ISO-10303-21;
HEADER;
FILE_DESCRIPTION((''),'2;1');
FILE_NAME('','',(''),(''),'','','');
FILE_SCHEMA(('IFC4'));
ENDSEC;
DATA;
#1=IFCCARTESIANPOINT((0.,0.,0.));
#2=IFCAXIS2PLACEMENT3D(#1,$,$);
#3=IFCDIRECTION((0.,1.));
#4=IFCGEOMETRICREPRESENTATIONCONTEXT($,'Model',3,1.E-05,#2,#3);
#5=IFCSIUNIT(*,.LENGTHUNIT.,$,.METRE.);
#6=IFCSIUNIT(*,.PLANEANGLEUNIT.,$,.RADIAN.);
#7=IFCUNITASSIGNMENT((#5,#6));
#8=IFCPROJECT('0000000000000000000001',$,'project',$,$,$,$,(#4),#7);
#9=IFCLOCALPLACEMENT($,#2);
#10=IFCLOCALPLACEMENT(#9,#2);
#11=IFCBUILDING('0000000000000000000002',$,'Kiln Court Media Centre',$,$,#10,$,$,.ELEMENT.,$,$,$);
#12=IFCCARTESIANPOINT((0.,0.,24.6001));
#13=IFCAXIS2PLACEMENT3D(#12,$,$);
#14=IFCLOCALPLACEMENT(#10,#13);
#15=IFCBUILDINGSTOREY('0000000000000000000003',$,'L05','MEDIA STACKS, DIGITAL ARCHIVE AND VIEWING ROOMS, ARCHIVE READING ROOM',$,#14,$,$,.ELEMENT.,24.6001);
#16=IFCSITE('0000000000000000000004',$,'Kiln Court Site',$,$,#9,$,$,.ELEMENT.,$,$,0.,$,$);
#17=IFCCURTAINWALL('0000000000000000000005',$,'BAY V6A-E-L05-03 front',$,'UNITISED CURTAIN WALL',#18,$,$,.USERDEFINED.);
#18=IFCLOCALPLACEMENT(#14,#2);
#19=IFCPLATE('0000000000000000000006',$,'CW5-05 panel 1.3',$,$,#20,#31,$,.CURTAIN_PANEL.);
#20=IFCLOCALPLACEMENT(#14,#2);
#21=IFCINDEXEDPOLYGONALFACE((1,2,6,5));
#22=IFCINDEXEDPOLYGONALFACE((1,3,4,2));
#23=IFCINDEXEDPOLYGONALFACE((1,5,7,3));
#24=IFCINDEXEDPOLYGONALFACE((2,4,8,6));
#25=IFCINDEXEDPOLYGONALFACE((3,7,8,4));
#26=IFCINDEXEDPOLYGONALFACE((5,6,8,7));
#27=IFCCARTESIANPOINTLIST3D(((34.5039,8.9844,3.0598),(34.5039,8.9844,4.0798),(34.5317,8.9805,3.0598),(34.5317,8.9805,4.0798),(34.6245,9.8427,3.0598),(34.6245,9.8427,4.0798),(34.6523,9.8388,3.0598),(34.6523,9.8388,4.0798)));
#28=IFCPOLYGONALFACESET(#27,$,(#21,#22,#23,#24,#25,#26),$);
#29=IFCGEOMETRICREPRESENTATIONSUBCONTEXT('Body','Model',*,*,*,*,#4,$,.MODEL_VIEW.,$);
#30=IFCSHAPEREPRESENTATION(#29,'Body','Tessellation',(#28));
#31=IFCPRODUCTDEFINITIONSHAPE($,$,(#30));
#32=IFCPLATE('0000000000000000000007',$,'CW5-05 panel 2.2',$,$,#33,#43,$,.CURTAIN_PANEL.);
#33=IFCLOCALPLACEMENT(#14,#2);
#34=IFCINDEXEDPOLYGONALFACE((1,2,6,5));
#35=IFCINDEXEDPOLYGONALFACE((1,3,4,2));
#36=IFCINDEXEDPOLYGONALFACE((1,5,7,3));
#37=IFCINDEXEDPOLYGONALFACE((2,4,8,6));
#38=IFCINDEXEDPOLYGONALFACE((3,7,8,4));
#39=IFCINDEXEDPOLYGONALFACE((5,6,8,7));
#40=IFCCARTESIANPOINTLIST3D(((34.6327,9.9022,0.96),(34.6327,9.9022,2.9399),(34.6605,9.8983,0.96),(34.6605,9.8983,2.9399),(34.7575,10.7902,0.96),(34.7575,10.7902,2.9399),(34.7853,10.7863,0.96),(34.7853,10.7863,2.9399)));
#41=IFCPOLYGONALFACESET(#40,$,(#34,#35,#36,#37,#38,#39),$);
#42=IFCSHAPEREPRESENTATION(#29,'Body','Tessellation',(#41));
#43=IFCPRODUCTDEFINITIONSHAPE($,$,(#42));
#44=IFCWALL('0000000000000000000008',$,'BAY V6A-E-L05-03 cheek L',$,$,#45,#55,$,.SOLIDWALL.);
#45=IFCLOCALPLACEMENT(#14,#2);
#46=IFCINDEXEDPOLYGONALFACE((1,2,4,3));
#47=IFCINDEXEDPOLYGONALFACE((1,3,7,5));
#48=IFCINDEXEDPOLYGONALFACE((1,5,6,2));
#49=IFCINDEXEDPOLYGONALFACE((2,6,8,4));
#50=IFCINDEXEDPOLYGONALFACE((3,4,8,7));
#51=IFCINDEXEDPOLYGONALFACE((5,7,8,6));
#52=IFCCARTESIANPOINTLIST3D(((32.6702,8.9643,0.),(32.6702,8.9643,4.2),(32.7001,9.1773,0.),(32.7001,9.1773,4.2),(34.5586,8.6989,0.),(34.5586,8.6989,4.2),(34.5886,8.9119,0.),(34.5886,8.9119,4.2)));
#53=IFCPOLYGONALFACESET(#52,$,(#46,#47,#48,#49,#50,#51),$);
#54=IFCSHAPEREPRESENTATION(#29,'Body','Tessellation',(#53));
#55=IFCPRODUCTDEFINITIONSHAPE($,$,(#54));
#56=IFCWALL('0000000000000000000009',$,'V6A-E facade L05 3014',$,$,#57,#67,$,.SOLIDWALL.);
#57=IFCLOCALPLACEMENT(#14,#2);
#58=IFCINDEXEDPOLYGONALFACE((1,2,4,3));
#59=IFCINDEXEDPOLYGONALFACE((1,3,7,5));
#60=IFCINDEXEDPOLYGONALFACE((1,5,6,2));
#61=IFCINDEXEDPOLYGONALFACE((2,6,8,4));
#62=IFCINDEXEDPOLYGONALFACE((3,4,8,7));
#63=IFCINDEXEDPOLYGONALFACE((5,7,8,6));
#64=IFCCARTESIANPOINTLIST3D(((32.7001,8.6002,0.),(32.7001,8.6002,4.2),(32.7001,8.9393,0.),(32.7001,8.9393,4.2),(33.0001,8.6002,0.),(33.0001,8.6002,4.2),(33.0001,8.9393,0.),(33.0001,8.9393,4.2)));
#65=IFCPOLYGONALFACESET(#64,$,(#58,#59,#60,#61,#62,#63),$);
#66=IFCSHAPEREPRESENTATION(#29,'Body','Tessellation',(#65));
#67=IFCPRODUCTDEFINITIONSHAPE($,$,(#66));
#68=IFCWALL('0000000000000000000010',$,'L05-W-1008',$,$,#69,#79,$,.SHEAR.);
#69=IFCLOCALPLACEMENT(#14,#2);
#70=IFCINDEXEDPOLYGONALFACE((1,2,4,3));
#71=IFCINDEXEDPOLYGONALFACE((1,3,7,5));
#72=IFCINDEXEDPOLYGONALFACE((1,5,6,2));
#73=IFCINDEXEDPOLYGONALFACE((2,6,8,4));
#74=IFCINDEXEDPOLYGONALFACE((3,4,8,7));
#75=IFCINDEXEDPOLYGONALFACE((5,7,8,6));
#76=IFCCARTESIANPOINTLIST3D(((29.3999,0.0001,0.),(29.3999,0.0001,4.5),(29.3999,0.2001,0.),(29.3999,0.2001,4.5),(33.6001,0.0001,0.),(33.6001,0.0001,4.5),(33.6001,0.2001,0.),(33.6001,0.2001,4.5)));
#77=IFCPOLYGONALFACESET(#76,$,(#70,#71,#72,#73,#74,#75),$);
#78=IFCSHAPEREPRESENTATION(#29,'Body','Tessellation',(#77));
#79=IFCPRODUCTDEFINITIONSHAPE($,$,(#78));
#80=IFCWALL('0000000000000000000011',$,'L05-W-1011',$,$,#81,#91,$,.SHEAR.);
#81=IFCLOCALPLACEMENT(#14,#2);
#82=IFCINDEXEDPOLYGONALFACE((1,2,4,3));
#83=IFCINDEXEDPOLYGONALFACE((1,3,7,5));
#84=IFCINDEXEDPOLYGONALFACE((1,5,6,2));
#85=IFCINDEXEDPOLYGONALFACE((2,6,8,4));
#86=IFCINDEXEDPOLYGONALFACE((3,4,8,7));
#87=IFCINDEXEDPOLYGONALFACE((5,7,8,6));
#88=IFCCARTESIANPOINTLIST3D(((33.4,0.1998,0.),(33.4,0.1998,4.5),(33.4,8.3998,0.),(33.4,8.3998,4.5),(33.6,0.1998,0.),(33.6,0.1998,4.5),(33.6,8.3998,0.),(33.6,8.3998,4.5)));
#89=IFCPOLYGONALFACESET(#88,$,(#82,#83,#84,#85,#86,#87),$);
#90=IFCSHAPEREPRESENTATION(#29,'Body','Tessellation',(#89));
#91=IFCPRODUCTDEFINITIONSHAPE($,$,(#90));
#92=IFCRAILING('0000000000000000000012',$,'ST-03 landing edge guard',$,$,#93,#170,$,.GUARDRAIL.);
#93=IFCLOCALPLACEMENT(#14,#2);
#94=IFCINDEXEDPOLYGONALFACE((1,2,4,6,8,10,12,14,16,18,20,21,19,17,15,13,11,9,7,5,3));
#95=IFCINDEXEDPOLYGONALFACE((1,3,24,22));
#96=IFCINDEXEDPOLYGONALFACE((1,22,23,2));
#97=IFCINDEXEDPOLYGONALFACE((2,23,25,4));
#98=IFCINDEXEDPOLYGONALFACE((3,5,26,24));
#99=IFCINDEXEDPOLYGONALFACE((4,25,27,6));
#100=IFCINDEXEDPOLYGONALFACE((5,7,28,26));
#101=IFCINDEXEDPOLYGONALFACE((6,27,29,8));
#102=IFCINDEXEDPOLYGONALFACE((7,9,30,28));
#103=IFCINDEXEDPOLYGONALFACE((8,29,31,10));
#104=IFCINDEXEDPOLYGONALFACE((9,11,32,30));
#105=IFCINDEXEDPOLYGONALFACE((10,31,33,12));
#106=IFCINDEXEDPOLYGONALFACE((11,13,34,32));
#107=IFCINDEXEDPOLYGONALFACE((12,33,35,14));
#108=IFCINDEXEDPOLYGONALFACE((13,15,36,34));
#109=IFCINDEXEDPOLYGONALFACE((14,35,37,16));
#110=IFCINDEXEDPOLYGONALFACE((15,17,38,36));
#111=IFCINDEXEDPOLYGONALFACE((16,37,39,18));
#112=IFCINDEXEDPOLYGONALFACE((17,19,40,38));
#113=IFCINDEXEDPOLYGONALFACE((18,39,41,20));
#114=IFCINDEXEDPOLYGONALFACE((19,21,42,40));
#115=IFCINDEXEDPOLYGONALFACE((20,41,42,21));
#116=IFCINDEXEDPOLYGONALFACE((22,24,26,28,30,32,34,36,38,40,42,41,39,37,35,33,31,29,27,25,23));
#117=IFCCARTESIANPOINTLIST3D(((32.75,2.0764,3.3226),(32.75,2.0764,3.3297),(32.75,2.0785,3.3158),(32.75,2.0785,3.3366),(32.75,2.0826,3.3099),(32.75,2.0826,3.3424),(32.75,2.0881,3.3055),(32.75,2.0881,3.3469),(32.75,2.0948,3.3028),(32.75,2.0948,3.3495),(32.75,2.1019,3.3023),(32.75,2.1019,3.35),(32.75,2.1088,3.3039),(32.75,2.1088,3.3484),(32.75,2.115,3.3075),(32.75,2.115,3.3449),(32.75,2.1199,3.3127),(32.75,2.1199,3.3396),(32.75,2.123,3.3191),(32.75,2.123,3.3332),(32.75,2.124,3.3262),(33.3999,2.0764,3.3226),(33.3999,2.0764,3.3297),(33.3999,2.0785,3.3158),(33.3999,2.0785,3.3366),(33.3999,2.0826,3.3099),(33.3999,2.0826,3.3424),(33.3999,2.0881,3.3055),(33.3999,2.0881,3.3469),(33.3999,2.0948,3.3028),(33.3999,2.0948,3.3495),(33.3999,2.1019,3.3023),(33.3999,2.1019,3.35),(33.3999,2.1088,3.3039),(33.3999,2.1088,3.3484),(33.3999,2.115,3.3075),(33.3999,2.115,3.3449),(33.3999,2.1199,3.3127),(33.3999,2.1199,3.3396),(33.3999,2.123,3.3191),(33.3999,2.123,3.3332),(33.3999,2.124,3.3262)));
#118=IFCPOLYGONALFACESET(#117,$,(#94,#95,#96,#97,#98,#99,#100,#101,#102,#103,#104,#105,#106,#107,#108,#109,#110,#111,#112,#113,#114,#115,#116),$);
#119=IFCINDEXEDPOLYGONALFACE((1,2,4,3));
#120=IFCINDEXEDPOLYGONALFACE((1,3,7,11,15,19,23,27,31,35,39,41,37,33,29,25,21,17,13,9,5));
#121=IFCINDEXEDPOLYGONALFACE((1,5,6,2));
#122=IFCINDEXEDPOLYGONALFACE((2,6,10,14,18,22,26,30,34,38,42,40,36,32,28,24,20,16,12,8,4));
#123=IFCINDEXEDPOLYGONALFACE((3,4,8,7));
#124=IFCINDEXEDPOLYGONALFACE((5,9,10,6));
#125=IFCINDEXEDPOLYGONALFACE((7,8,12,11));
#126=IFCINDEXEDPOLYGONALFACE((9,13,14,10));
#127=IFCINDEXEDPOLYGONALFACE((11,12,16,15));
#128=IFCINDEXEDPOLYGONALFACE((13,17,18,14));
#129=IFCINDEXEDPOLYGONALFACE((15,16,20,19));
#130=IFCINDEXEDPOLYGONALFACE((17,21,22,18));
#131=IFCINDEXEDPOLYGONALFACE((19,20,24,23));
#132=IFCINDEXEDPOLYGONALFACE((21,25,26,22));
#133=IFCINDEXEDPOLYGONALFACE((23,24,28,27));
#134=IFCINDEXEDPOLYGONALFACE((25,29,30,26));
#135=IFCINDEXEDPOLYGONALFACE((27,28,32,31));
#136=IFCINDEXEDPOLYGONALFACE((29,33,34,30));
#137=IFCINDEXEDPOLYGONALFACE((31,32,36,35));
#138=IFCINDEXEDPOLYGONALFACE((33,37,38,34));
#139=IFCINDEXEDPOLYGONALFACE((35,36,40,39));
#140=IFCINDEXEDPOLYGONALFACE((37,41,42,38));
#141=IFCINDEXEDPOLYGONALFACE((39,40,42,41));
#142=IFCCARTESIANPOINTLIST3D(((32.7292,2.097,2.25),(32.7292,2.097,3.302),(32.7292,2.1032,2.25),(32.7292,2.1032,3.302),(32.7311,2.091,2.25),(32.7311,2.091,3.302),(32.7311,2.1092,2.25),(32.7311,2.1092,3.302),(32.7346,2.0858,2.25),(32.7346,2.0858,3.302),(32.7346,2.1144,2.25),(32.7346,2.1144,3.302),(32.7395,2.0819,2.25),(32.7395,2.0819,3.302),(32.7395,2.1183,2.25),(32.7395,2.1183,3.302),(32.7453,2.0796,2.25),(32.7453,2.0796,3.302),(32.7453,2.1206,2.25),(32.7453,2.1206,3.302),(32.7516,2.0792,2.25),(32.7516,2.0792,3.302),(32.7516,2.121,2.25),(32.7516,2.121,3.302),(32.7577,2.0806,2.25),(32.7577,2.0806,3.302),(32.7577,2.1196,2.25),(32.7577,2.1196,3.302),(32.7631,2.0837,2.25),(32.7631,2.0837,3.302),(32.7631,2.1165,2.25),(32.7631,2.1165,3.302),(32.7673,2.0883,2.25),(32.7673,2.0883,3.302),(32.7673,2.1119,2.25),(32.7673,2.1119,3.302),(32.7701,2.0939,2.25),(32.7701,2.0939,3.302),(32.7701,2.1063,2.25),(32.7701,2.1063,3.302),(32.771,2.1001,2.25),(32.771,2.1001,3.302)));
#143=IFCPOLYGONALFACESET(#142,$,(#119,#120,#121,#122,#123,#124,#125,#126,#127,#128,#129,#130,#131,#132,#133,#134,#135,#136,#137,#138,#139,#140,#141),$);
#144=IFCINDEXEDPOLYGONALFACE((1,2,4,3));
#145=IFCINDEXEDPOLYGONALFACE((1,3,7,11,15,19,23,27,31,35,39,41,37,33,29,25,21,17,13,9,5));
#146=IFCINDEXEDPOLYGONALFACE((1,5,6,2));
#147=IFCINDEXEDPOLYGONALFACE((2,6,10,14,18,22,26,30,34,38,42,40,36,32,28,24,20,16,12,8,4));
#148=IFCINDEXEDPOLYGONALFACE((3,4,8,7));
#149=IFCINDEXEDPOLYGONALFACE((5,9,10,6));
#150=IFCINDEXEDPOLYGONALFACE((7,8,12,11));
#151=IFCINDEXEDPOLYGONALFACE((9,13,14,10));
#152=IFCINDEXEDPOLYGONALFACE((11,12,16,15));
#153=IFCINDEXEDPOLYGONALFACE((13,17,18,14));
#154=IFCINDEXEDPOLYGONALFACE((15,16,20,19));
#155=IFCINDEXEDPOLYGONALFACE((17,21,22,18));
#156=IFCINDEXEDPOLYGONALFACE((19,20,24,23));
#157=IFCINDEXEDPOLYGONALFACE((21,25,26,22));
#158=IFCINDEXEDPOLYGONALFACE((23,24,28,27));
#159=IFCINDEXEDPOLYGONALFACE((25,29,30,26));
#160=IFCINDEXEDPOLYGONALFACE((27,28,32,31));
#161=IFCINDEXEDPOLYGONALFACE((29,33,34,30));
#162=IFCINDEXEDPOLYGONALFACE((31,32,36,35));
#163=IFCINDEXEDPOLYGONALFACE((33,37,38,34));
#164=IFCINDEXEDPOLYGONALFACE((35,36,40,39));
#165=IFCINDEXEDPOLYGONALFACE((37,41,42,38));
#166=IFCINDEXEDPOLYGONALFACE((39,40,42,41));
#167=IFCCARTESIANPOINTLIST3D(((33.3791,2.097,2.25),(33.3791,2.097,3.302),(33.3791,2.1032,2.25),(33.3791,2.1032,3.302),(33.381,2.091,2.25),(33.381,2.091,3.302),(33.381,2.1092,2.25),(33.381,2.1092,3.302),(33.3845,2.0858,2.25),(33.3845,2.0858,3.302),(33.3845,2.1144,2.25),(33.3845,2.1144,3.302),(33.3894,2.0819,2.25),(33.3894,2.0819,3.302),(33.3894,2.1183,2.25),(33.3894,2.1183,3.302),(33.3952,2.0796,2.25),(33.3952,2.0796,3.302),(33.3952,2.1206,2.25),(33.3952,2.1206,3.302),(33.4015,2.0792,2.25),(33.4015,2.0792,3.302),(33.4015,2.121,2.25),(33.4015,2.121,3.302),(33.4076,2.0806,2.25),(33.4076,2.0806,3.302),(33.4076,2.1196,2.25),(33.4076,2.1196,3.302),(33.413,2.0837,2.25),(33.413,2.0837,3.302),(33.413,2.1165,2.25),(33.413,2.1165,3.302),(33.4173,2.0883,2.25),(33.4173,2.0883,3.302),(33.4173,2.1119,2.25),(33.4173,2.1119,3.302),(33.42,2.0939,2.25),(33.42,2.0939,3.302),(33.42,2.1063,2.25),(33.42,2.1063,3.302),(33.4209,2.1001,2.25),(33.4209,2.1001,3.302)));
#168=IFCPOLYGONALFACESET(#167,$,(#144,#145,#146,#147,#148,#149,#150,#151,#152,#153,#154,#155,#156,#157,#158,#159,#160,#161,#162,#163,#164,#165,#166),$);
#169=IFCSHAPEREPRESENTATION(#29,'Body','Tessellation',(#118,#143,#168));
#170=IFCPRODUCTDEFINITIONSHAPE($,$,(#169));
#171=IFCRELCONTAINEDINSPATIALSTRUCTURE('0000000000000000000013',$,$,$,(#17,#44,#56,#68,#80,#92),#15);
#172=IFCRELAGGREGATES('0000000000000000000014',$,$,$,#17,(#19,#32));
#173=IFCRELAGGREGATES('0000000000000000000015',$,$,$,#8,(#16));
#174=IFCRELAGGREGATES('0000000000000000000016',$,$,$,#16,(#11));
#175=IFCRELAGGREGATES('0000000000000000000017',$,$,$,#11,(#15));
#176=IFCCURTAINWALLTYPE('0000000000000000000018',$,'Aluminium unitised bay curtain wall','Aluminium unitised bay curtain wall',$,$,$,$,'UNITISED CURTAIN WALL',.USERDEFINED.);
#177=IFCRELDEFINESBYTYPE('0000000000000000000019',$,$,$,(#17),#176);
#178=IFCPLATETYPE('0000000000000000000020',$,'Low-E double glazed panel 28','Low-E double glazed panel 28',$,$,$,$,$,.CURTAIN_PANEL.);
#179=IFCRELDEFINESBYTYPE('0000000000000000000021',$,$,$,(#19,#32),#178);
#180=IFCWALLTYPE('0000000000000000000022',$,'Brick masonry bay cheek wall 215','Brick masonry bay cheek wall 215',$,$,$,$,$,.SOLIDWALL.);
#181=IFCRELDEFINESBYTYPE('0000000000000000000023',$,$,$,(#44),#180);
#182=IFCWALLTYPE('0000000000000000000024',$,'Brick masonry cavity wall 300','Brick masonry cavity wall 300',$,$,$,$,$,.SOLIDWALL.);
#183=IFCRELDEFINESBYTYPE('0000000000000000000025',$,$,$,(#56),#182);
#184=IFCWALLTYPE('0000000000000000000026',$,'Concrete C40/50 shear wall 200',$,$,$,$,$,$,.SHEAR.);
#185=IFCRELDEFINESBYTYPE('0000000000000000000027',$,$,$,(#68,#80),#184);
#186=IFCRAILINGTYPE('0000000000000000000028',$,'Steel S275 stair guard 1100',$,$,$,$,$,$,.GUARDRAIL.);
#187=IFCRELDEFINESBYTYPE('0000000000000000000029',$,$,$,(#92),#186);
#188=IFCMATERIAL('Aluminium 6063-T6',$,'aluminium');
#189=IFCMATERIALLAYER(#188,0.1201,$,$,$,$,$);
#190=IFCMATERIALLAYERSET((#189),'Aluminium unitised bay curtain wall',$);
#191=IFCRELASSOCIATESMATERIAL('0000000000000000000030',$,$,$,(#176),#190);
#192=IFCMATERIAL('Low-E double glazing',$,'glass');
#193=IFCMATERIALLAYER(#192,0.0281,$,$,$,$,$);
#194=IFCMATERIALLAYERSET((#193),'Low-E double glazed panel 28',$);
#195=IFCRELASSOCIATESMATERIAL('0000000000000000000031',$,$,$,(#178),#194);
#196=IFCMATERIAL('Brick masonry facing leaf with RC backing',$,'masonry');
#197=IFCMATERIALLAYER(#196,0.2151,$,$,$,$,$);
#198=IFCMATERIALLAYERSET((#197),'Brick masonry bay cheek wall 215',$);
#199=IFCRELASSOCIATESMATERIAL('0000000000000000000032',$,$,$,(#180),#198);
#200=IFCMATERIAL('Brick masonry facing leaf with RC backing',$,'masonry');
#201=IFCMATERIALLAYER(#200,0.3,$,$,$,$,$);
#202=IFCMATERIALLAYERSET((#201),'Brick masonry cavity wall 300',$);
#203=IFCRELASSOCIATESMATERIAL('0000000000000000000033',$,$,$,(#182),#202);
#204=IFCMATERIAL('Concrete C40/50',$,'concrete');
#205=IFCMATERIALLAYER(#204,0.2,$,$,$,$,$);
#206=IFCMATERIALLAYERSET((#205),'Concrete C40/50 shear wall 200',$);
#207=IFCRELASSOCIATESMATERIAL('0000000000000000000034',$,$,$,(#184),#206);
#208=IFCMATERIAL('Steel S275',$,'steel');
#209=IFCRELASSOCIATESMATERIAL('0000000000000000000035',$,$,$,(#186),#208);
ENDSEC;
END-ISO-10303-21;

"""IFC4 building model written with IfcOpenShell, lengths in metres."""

from ifc_helpers import new_model, si_unit, direction, frame, frame_2d, origin, origin_2d, place, context, subcontext, project, spatial, rectangle, circle, extrude, material, layer, layer_set, type_object, element, aggregate, save


model = new_model("IFC4")

# Units and contexts
model_context = context("Model", 3, precision=1e-05, world=origin(), true_north=direction((0.0, 1.0)))
body_context = subcontext(model_context, "Body", "Model", "MODEL_VIEW")
ifc_project = project(units=[si_unit("LENGTHUNIT", "METRE"), si_unit("PLANEANGLEUNIT", "RADIAN")], contexts=[model_context])

# Site, building, storey
site_placement = place(None, origin())
site = spatial("IfcSite", under=ifc_project, at=site_placement, Name="Kiln Court Site", CompositionType="ELEMENT", RefElevation=0.0)
building_placement = place(site_placement, origin())
building = spatial("IfcBuilding", under=site, at=building_placement, Name="Kiln Court Media Centre", CompositionType="ELEMENT")
storey_placement = place(building_placement, frame((0.0, 0.0, 24.6001)))
storey = spatial("IfcBuildingStorey", under=building, at=storey_placement, Name="L05", Description="MEDIA STACKS, DIGITAL ARCHIVE AND VIEWING ROOMS, ARCHIVE READING ROOM", CompositionType="ELEMENT", Elevation=24.6001)

# Curtain wall
ifc_material_1 = material(Name="Aluminium 6063-T6", Category="aluminium")
ifc_layer_1 = layer(ifc_material_1, 0.1201)
ifc_layer_set_1 = layer_set([ifc_layer_1], Name="Aluminium unitised bay curtain wall")
curtain_wall_type = type_object("IfcCurtainWallType", Name="Aluminium unitised bay curtain wall", Description="Aluminium unitised bay curtain wall", ElementType="UNITISED CURTAIN WALL", PredefinedType="USERDEFINED", material=ifc_layer_set_1)
curtain_wall_placement = place(storey_placement, origin())
curtain_wall = element("IfcCurtainWall", 1, at=curtain_wall_placement, inside=storey, type_object=curtain_wall_type, Name="BAY V6A-E-L05-03 front", ObjectType="UNITISED CURTAIN WALL", PredefinedType="USERDEFINED")

# Plates
ifc_material_2 = material(Name="Low-E double glazing", Category="glass")
ifc_layer_2 = layer(ifc_material_2, 0.0281)
ifc_layer_set_2 = layer_set([ifc_layer_2], Name="Low-E double glazed panel 28")
plate_type_1 = type_object("IfcPlateType", Name="Low-E double glazed panel 28", Description="Low-E double glazed panel 28", PredefinedType="CURTAIN_PANEL", material=ifc_layer_set_2)
plate_1_placement = place(storey_placement, frame((34.5781, 9.4116, 3.0598), z_axis=(0.0, 0.0, 1.0), x_axis=(0.139162, 0.99027, 0.0)))
plate_1 = element("IfcPlate", 2, at=plate_1_placement, type_object=plate_type_1, Name="CW5-05 panel 1.3", PredefinedType="CURTAIN_PANEL", context=body_context, shape_type="SweptSolid", body=[
    extrude(rectangle(XDim=0.8667, YDim=0.0281, at=origin_2d()), origin(), (0.0, 0.0, 1.0), 1.02),
])
plate_2_placement = place(storey_placement, frame((34.709, 10.3442, 0.96), z_axis=(0.0, 0.0, 1.0), x_axis=(0.139162, 0.99027, 0.0)))
plate_2 = element("IfcPlate", 3, at=plate_2_placement, type_object=plate_type_1, Name="CW5-05 panel 2.2", PredefinedType="CURTAIN_PANEL", context=body_context, shape_type="SweptSolid", body=[
    extrude(rectangle(XDim=0.8967, YDim=0.0281, at=origin_2d()), origin(), (0.0, 0.0, 1.0), 1.98),
])
aggregate(curtain_wall, [plate_1, plate_2])

# Walls
ifc_material_3 = material(Name="Brick masonry facing leaf with RC backing", Category="masonry")
ifc_layer_3 = layer(ifc_material_3, 0.2151)
ifc_layer_set_3 = layer_set([ifc_layer_3], Name="Brick masonry bay cheek wall 215")
wall_type_1 = type_object("IfcWallType", Name="Brick masonry bay cheek wall 215", Description="Brick masonry bay cheek wall 215", PredefinedType="SOLIDWALL", material=ifc_layer_set_3)
wall_1_placement = place(storey_placement, frame((32.6851, 9.0708, 0.0), z_axis=(0.0, 0.0, 1.0), x_axis=(0.99027, -0.139163, 0.0)))
element("IfcWall", 4, at=wall_1_placement, inside=storey, type_object=wall_type_1, Name="BAY V6A-E-L05-03 cheek L", PredefinedType="SOLIDWALL", context=body_context, shape_type="SweptSolid", body=[
    extrude(rectangle(XDim=1.907, YDim=0.2151, at=frame_2d((0.9536, 0.0))), origin(), (0.0, 0.0, 1.0), 4.2),
])
ifc_material_4 = material(Name="Brick masonry facing leaf with RC backing", Category="masonry")
ifc_layer_4 = layer(ifc_material_4, 0.3)
ifc_layer_set_4 = layer_set([ifc_layer_4], Name="Brick masonry cavity wall 300")
wall_type_2 = type_object("IfcWallType", Name="Brick masonry cavity wall 300", Description="Brick masonry cavity wall 300", PredefinedType="SOLIDWALL", material=ifc_layer_set_4)
wall_2_placement = place(storey_placement, frame((32.8501, 8.9392, 0.0), z_axis=(0.0, 0.0, 1.0), x_axis=(0.0, -1.0, 0.0)))
element("IfcWall", 5, at=wall_2_placement, inside=storey, type_object=wall_type_2, Name="V6A-E facade L05 3014", PredefinedType="SOLIDWALL", context=body_context, shape_type="SweptSolid", body=[
    extrude(rectangle(XDim=0.3391, YDim=0.3, at=frame_2d((0.1694, 0.0))), origin(), (0.0, 0.0, 1.0), 4.2),
])
ifc_material_5 = material(Name="Concrete C40/50", Category="concrete")
ifc_layer_5 = layer(ifc_material_5, 0.2)
ifc_layer_set_5 = layer_set([ifc_layer_5], Name="Concrete C40/50 shear wall 200")
wall_type_3 = type_object("IfcWallType", Name="Concrete C40/50 shear wall 200", PredefinedType="SHEAR", material=ifc_layer_set_5)
wall_3_placement = place(storey_placement, frame((33.6001, 0.1001, 0.0), z_axis=(0.0, 0.0, 1.0), x_axis=(-1.0, 0.0, 0.0)))
element("IfcWall", 6, at=wall_3_placement, inside=storey, type_object=wall_type_3, Name="L05-W-1008", PredefinedType="SHEAR", context=body_context, shape_type="SweptSolid", body=[
    extrude(rectangle(XDim=4.2002, YDim=0.2, at=frame_2d((2.1001, 0.0))), origin(), (0.0, 0.0, 1.0), 4.5),
])
wall_4_placement = place(storey_placement, frame((33.5, 8.3999, 0.0), z_axis=(0.0, 0.0, 1.0), x_axis=(0.0, -1.0, 0.0)))
element("IfcWall", 7, at=wall_4_placement, inside=storey, type_object=wall_type_3, Name="L05-W-1011", PredefinedType="SHEAR", context=body_context, shape_type="SweptSolid", body=[
    extrude(rectangle(XDim=8.2, YDim=0.2, at=frame_2d((4.1001, 0.0))), origin(), (0.0, 0.0, 1.0), 4.5),
])

# Railing
ifc_material_6 = material(Name="Steel S275", Category="steel")
railing_type_1 = type_object("IfcRailingType", Name="Steel S275 stair guard 1100", PredefinedType="GUARDRAIL", material=ifc_material_6)
for number, where, name in (
    (8, (32.75, 2.1001, 2.25), "ST-03 landing edge guard"),
):
    element("IfcRailing", number, at=place(storey_placement, frame(where)), inside=storey, type_object=railing_type_1, Name=name, PredefinedType="GUARDRAIL", context=body_context, shape_type="SweptSolid", body=[
        extrude(circle(Radius=0.0239, at=origin_2d()), frame((0.0, 0.0, 1.0762), z_axis=(1.0, 0.0, 0.0), x_axis=(0.0, 1.0, 0.0)), (0.0, 0.0, 1.0), 0.6499),
        extrude(circle(Radius=0.021, at=origin_2d()), origin(), (0.0, 0.0, 1.0), 1.052),
        extrude(circle(Radius=0.021, at=origin_2d()), frame((0.6499, 0.0, 0.0)), (0.0, 0.0, 1.0), 1.052),
    ])

save(model, "model.ifc")
